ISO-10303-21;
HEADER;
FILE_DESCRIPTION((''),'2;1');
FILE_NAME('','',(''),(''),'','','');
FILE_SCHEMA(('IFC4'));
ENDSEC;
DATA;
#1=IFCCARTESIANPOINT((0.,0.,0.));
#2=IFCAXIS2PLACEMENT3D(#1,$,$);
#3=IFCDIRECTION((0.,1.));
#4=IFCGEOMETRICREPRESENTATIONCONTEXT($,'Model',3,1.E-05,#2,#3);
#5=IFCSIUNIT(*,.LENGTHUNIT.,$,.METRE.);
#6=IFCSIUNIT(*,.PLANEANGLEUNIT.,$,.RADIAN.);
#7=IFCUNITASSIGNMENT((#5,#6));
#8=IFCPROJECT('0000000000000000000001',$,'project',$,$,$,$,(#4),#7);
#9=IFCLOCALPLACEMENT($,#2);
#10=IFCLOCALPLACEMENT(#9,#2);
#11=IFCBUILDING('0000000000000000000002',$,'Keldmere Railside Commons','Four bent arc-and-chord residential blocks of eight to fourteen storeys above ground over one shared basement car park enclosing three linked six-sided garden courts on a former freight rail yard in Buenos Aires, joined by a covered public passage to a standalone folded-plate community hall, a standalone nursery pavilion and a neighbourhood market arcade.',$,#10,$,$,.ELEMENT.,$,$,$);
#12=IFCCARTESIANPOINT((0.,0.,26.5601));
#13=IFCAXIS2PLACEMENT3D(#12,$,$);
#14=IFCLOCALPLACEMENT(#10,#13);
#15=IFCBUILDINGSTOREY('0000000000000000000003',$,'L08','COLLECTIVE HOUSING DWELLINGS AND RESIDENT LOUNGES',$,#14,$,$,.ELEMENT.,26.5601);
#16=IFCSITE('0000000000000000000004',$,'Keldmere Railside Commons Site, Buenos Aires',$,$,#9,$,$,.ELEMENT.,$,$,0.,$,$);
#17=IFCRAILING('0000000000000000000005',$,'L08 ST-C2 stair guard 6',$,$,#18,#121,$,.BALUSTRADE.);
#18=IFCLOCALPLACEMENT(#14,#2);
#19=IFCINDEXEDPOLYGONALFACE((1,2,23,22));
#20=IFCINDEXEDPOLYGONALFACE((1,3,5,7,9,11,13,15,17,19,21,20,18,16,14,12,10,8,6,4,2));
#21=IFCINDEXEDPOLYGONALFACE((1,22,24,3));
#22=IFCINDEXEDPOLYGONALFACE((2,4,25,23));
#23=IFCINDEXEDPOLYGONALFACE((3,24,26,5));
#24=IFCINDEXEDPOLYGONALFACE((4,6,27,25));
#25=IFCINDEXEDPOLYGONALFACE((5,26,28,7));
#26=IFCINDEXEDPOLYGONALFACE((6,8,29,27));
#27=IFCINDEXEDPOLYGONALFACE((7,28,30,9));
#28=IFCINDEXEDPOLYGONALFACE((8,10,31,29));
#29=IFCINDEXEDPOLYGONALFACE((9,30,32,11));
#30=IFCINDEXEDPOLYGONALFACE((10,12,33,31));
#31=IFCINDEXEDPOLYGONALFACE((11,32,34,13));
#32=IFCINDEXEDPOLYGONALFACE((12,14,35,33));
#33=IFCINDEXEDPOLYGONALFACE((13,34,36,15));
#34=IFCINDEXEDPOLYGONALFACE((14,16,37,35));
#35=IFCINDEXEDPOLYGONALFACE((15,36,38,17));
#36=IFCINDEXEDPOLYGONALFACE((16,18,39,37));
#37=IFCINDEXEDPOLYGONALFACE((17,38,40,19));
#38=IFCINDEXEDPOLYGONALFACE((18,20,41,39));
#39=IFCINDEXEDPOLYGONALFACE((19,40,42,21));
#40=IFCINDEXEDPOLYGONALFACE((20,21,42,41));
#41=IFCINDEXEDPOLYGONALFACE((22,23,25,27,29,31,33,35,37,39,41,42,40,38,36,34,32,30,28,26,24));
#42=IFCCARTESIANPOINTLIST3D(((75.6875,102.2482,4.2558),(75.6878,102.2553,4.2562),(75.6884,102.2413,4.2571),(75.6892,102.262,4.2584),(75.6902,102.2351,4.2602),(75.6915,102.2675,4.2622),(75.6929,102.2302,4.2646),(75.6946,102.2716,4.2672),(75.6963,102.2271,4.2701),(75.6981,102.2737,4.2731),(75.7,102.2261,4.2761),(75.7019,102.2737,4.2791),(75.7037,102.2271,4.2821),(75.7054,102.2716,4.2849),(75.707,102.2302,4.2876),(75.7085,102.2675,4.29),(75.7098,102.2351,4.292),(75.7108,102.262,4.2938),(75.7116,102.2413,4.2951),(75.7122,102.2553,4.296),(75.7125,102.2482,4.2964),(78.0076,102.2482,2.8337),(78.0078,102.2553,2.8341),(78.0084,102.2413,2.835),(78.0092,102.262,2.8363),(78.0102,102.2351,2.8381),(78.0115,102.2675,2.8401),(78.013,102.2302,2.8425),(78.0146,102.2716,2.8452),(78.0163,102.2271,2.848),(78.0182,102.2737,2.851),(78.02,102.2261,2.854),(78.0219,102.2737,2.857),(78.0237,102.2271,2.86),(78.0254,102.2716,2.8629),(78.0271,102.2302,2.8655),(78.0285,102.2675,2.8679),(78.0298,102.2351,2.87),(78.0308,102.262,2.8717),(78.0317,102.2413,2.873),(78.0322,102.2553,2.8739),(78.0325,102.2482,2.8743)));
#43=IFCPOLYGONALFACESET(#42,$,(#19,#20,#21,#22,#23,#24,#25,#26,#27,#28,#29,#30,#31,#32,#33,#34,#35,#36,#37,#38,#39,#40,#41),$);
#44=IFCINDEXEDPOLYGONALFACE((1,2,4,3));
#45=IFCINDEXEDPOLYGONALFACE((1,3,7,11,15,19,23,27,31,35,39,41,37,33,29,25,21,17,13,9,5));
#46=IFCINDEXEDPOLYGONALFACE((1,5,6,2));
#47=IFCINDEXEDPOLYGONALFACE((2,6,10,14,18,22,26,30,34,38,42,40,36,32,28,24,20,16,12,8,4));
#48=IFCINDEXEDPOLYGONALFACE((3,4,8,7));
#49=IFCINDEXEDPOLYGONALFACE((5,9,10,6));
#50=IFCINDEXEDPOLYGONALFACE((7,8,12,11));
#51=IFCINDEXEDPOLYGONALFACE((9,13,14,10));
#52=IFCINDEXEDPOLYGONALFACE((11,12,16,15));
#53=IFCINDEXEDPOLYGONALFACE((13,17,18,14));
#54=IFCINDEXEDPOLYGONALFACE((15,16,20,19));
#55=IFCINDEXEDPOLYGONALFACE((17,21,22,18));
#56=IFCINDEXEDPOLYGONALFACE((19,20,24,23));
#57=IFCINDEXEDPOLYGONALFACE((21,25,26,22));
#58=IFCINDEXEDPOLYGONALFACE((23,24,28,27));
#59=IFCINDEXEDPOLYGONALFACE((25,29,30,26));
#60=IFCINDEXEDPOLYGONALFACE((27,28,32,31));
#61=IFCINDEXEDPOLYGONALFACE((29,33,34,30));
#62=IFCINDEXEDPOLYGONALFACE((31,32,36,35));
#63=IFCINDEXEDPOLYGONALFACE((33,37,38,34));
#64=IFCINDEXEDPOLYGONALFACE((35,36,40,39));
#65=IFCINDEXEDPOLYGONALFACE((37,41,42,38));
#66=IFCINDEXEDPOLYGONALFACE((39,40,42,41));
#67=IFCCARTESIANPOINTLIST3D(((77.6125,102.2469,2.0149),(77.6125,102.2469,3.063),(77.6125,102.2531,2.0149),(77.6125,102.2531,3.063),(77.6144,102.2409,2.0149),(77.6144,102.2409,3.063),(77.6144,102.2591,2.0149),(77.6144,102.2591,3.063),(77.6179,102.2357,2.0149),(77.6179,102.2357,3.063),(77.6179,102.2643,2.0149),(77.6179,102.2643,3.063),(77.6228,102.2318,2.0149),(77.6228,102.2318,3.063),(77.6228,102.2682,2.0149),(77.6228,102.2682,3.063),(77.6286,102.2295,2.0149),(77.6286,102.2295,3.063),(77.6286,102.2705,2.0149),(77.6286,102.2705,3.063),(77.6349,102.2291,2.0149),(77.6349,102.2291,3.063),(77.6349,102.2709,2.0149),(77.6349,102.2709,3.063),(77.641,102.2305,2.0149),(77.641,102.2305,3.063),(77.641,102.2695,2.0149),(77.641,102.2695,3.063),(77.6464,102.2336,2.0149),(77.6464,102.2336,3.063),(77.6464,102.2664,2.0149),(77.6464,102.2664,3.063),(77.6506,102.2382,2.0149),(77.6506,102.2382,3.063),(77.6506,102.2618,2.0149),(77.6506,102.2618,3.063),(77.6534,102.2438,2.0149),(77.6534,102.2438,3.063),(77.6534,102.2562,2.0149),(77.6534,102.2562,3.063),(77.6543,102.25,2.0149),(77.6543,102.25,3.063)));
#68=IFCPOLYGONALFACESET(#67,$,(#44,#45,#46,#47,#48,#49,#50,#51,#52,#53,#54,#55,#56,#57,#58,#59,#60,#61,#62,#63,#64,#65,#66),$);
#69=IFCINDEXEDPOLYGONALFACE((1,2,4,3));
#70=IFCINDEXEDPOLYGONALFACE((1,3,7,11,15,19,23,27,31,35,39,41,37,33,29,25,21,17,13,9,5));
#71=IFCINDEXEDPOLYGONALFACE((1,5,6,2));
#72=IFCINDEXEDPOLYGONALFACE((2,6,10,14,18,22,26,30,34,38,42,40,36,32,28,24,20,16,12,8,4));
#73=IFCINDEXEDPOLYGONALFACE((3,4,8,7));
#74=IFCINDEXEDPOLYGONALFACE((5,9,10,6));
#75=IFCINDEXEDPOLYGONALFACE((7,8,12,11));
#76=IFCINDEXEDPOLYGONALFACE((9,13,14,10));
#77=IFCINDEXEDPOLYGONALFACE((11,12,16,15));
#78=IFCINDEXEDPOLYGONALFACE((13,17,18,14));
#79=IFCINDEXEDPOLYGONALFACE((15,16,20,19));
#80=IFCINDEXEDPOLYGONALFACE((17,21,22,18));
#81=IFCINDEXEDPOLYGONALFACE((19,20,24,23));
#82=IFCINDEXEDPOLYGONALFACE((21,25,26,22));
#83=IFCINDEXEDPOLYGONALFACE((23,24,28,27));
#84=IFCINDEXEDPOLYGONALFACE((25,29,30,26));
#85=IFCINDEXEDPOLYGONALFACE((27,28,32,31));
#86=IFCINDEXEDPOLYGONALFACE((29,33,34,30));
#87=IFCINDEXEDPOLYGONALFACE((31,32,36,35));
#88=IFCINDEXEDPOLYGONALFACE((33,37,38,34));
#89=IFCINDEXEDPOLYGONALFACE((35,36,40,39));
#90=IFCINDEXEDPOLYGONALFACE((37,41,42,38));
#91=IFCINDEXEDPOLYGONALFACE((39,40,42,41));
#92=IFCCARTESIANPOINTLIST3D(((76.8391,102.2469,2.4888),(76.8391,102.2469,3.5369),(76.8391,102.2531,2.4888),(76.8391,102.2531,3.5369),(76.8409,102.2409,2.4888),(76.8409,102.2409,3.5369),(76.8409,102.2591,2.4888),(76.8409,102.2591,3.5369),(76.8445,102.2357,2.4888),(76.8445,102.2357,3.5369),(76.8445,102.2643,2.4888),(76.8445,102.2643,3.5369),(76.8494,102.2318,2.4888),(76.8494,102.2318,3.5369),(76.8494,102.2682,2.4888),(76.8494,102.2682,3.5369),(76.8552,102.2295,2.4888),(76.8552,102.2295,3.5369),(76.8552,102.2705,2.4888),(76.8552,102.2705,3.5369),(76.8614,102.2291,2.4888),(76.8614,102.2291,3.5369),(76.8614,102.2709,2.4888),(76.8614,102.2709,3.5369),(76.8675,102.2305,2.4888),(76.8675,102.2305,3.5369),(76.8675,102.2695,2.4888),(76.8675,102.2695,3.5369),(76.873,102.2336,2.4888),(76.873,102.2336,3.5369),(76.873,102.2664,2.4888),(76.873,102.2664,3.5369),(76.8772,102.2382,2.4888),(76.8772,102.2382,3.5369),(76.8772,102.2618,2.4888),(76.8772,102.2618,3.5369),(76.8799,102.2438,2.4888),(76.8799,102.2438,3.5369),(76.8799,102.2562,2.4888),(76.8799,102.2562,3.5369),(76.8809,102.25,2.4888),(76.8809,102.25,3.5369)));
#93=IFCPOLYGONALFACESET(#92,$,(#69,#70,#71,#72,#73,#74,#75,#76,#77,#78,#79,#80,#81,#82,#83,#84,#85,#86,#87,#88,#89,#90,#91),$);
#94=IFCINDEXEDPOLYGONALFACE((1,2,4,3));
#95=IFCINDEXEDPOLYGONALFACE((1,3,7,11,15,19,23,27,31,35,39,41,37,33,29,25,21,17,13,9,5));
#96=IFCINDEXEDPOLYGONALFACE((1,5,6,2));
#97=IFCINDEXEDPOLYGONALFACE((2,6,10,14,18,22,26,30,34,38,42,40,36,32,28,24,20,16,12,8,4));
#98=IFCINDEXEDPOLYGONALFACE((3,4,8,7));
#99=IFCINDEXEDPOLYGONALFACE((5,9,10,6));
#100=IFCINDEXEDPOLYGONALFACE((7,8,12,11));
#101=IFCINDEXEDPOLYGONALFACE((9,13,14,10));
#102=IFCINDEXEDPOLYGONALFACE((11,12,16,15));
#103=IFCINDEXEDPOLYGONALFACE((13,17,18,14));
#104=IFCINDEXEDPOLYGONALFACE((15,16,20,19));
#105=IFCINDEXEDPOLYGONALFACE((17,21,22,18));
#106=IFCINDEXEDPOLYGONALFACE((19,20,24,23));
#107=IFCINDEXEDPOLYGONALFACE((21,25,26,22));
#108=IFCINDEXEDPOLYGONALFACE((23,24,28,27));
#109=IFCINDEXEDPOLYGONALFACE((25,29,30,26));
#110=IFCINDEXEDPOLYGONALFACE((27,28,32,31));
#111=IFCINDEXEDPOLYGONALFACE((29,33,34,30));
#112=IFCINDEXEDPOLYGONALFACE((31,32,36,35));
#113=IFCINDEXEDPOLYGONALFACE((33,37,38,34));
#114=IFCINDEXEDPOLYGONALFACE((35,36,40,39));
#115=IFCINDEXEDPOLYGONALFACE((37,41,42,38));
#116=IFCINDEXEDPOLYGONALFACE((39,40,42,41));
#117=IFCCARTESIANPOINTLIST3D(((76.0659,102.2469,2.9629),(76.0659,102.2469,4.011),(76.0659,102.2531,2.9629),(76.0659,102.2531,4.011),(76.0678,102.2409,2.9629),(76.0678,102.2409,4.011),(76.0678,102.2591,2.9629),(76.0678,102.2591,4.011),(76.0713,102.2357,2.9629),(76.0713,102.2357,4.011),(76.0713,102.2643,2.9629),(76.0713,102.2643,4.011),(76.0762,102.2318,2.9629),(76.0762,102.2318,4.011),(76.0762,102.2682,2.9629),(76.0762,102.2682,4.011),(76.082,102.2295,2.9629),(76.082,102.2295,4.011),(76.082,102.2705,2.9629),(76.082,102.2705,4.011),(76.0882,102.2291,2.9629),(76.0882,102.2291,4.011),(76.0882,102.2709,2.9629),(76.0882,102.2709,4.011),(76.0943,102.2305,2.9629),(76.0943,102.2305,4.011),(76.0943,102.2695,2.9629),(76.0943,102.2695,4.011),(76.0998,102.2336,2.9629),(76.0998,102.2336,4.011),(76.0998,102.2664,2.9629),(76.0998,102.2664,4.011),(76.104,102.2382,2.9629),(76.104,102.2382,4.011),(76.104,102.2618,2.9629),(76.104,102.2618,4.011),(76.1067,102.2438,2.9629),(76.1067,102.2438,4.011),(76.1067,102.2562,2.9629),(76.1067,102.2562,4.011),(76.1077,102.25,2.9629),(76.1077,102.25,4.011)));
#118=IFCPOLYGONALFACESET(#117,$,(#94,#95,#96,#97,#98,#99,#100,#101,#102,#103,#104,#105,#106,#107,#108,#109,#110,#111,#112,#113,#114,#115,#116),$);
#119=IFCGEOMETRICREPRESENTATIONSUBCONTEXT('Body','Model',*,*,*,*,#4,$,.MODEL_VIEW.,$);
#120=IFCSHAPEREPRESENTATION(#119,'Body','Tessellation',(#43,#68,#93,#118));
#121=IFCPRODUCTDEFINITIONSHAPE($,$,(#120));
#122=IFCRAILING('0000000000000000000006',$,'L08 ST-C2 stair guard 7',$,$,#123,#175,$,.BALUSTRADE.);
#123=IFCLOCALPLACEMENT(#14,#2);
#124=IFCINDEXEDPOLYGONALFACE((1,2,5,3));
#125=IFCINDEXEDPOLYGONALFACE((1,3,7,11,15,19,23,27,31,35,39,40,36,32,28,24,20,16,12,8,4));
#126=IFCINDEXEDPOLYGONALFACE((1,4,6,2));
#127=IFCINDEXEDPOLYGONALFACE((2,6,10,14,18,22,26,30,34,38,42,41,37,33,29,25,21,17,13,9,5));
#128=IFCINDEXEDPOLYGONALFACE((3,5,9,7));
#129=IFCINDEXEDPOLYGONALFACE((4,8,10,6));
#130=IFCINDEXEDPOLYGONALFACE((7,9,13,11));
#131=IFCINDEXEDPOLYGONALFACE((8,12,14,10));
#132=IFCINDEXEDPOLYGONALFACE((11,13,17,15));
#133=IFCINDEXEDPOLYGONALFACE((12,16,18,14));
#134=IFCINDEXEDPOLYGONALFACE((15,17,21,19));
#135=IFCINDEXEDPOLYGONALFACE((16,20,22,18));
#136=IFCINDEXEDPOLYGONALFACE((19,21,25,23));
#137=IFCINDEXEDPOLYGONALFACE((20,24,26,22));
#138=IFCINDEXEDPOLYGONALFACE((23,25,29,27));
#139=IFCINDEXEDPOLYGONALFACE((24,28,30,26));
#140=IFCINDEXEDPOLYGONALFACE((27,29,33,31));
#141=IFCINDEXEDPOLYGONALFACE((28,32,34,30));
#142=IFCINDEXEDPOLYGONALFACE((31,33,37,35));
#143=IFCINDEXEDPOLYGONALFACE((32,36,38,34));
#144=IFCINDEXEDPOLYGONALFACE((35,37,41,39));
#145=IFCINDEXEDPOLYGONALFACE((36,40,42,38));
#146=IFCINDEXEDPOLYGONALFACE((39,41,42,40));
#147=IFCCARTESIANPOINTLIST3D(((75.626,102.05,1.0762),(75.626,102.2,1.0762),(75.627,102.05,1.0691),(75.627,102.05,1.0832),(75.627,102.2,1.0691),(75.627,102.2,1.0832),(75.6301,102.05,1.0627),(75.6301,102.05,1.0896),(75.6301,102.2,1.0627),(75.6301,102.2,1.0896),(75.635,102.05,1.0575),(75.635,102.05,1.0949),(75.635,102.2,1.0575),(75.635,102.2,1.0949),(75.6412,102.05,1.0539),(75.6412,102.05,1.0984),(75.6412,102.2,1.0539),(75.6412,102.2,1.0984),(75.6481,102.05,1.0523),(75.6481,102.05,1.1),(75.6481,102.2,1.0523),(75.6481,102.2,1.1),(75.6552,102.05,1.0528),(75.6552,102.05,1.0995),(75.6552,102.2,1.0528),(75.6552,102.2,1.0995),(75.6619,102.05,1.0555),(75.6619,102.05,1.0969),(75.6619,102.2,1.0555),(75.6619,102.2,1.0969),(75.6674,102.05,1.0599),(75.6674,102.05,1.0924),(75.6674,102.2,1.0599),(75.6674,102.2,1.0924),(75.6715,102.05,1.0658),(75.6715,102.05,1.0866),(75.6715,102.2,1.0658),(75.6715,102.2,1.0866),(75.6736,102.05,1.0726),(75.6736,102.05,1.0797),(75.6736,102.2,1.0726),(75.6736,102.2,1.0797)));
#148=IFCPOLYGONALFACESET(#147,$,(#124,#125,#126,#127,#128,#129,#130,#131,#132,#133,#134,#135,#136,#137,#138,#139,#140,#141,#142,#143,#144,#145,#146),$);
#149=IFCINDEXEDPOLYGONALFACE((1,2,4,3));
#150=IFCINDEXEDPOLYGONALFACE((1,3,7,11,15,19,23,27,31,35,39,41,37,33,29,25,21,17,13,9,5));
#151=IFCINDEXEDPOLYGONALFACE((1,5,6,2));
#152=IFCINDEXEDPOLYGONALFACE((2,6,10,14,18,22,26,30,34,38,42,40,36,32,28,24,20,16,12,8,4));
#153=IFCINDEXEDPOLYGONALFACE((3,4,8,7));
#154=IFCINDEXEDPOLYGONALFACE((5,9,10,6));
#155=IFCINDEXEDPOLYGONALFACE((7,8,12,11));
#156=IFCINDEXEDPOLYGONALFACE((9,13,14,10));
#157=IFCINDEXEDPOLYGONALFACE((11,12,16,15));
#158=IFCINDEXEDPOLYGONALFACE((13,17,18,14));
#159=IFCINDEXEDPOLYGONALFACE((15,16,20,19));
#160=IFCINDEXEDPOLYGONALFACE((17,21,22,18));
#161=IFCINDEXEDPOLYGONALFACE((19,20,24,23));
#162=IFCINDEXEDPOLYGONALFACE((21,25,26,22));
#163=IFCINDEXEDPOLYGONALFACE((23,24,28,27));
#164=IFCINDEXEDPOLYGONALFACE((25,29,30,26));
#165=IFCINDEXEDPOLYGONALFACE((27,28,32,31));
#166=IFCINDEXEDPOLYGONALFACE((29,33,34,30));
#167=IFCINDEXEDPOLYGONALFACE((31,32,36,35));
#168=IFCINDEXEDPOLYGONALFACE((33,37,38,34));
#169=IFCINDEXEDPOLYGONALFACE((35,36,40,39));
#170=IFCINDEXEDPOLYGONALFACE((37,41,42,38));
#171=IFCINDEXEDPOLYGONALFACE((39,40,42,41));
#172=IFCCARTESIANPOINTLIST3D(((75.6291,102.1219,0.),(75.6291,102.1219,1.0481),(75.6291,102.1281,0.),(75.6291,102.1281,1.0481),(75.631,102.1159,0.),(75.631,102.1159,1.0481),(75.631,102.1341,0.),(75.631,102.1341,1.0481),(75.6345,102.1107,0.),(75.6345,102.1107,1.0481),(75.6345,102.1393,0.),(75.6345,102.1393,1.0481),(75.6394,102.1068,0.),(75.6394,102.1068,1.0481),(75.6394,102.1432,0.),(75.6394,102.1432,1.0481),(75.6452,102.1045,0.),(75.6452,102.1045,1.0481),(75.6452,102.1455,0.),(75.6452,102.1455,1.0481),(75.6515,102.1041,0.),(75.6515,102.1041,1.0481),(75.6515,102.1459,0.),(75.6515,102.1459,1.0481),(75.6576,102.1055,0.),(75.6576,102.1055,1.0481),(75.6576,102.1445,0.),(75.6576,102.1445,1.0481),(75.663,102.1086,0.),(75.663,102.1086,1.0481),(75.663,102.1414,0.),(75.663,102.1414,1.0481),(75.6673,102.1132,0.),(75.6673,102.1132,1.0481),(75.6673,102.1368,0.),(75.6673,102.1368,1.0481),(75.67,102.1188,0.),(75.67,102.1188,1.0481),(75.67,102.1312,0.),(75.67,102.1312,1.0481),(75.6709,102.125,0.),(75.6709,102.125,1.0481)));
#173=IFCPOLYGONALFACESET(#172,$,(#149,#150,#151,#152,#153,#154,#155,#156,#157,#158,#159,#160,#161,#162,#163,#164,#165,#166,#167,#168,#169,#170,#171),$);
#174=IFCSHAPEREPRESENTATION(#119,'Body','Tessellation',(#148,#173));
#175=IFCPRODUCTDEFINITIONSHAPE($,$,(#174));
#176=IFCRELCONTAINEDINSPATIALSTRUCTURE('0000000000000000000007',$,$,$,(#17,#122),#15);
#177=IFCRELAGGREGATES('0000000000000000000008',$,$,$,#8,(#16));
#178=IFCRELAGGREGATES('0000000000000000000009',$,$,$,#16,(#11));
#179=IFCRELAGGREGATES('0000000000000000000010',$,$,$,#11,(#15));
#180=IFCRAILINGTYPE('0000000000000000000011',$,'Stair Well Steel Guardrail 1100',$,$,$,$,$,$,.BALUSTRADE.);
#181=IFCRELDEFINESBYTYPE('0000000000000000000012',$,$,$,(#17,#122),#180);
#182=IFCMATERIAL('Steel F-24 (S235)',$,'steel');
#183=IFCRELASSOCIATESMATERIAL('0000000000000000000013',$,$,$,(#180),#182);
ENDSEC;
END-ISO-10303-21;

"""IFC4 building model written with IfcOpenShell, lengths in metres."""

from ifc_helpers import new_model, si_unit, direction, frame, origin, origin_2d, place, context, subcontext, project, spatial, circle, extrude, material, type_object, element, save


model = new_model("IFC4")

# Units and contexts
model_context = context("Model", 3, precision=1e-05, world=origin(), true_north=direction((0.0, 1.0)))
body_context = subcontext(model_context, "Body", "Model", "MODEL_VIEW")
ifc_project = project(units=[si_unit("LENGTHUNIT", "METRE"), si_unit("PLANEANGLEUNIT", "RADIAN")], contexts=[model_context])

# Site, building, storey
site_placement = place(None, origin())
site = spatial("IfcSite", under=ifc_project, at=site_placement, Name="Keldmere Railside Commons Site, Buenos Aires", CompositionType="ELEMENT", RefElevation=0.0)
building_placement = place(site_placement, origin())
building = spatial("IfcBuilding", under=site, at=building_placement, Name="Keldmere Railside Commons", Description="Four bent arc-and-chord residential blocks of eight to fourteen storeys above ground over one shared basement car park enclosing three linked six-sided garden courts on a former freight rail yard in Buenos Aires, joined by a covered public passage to a standalone folded-plate community hall, a standalone nursery pavilion and a neighbourhood market arcade.", CompositionType="ELEMENT")
storey_placement = place(building_placement, frame((0.0, 0.0, 26.5601)))
storey = spatial("IfcBuildingStorey", under=building, at=storey_placement, Name="L08", Description="COLLECTIVE HOUSING DWELLINGS AND RESIDENT LOUNGES", CompositionType="ELEMENT", Elevation=26.5601)

# Shared definitions
ifc_material_1 = material(Name="Steel F-24 (S235)", Category="steel")

# Railings
railing_type_1 = type_object("IfcRailingType", Name="Stair Well Steel Guardrail 1100", PredefinedType="BALUSTRADE", material=ifc_material_1)
railing_1_placement = place(storey_placement, frame((78.02, 102.25, 1.7778)))
element("IfcRailing", 1, at=railing_1_placement, inside=storey, type_object=railing_type_1, Name="L08 ST-C2 stair guard 6", PredefinedType="BALUSTRADE", context=body_context, shape_type="SweptSolid", body=[
    extrude(circle(Radius=0.0239, at=origin_2d()), frame((0.0, 0.0, 1.0762), z_axis=(-0.852578, 0.0, 0.5226), x_axis=(0.0, -1.0, 0.0)), (0.0, 0.0, 1.0), 2.7212),
    extrude(circle(Radius=0.021, at=origin_2d()), frame((-0.3867, 0.0, 0.2371)), (0.0, 0.0, 1.0), 1.0481),
    extrude(circle(Radius=0.021, at=origin_2d()), frame((-1.1602, 0.0, 0.7109)), (0.0, 0.0, 1.0), 1.0481),
    extrude(circle(Radius=0.021, at=origin_2d()), frame((-1.9333, 0.0, 1.1851)), (0.0, 0.0, 1.0), 1.0481),
])
railing_2_placement = place(storey_placement, frame((75.6499, 102.05, 0.0)))
element("IfcRailing", 2, at=railing_2_placement, inside=storey, type_object=railing_type_1, Name="L08 ST-C2 stair guard 7", PredefinedType="BALUSTRADE", context=body_context, shape_type="SweptSolid", body=[
    extrude(circle(Radius=0.0239, at=origin_2d()), frame((0.0, 0.0, 1.0762), z_axis=(0.0, 1.0, 0.0), x_axis=(-1.0, 0.0, 0.0)), (0.0, 0.0, 1.0), 0.1499),
    extrude(circle(Radius=0.021, at=origin_2d()), frame((0.0, 0.075, 0.0)), (0.0, 0.0, 1.0), 1.0481),
])

save(model, "model.ifc")
